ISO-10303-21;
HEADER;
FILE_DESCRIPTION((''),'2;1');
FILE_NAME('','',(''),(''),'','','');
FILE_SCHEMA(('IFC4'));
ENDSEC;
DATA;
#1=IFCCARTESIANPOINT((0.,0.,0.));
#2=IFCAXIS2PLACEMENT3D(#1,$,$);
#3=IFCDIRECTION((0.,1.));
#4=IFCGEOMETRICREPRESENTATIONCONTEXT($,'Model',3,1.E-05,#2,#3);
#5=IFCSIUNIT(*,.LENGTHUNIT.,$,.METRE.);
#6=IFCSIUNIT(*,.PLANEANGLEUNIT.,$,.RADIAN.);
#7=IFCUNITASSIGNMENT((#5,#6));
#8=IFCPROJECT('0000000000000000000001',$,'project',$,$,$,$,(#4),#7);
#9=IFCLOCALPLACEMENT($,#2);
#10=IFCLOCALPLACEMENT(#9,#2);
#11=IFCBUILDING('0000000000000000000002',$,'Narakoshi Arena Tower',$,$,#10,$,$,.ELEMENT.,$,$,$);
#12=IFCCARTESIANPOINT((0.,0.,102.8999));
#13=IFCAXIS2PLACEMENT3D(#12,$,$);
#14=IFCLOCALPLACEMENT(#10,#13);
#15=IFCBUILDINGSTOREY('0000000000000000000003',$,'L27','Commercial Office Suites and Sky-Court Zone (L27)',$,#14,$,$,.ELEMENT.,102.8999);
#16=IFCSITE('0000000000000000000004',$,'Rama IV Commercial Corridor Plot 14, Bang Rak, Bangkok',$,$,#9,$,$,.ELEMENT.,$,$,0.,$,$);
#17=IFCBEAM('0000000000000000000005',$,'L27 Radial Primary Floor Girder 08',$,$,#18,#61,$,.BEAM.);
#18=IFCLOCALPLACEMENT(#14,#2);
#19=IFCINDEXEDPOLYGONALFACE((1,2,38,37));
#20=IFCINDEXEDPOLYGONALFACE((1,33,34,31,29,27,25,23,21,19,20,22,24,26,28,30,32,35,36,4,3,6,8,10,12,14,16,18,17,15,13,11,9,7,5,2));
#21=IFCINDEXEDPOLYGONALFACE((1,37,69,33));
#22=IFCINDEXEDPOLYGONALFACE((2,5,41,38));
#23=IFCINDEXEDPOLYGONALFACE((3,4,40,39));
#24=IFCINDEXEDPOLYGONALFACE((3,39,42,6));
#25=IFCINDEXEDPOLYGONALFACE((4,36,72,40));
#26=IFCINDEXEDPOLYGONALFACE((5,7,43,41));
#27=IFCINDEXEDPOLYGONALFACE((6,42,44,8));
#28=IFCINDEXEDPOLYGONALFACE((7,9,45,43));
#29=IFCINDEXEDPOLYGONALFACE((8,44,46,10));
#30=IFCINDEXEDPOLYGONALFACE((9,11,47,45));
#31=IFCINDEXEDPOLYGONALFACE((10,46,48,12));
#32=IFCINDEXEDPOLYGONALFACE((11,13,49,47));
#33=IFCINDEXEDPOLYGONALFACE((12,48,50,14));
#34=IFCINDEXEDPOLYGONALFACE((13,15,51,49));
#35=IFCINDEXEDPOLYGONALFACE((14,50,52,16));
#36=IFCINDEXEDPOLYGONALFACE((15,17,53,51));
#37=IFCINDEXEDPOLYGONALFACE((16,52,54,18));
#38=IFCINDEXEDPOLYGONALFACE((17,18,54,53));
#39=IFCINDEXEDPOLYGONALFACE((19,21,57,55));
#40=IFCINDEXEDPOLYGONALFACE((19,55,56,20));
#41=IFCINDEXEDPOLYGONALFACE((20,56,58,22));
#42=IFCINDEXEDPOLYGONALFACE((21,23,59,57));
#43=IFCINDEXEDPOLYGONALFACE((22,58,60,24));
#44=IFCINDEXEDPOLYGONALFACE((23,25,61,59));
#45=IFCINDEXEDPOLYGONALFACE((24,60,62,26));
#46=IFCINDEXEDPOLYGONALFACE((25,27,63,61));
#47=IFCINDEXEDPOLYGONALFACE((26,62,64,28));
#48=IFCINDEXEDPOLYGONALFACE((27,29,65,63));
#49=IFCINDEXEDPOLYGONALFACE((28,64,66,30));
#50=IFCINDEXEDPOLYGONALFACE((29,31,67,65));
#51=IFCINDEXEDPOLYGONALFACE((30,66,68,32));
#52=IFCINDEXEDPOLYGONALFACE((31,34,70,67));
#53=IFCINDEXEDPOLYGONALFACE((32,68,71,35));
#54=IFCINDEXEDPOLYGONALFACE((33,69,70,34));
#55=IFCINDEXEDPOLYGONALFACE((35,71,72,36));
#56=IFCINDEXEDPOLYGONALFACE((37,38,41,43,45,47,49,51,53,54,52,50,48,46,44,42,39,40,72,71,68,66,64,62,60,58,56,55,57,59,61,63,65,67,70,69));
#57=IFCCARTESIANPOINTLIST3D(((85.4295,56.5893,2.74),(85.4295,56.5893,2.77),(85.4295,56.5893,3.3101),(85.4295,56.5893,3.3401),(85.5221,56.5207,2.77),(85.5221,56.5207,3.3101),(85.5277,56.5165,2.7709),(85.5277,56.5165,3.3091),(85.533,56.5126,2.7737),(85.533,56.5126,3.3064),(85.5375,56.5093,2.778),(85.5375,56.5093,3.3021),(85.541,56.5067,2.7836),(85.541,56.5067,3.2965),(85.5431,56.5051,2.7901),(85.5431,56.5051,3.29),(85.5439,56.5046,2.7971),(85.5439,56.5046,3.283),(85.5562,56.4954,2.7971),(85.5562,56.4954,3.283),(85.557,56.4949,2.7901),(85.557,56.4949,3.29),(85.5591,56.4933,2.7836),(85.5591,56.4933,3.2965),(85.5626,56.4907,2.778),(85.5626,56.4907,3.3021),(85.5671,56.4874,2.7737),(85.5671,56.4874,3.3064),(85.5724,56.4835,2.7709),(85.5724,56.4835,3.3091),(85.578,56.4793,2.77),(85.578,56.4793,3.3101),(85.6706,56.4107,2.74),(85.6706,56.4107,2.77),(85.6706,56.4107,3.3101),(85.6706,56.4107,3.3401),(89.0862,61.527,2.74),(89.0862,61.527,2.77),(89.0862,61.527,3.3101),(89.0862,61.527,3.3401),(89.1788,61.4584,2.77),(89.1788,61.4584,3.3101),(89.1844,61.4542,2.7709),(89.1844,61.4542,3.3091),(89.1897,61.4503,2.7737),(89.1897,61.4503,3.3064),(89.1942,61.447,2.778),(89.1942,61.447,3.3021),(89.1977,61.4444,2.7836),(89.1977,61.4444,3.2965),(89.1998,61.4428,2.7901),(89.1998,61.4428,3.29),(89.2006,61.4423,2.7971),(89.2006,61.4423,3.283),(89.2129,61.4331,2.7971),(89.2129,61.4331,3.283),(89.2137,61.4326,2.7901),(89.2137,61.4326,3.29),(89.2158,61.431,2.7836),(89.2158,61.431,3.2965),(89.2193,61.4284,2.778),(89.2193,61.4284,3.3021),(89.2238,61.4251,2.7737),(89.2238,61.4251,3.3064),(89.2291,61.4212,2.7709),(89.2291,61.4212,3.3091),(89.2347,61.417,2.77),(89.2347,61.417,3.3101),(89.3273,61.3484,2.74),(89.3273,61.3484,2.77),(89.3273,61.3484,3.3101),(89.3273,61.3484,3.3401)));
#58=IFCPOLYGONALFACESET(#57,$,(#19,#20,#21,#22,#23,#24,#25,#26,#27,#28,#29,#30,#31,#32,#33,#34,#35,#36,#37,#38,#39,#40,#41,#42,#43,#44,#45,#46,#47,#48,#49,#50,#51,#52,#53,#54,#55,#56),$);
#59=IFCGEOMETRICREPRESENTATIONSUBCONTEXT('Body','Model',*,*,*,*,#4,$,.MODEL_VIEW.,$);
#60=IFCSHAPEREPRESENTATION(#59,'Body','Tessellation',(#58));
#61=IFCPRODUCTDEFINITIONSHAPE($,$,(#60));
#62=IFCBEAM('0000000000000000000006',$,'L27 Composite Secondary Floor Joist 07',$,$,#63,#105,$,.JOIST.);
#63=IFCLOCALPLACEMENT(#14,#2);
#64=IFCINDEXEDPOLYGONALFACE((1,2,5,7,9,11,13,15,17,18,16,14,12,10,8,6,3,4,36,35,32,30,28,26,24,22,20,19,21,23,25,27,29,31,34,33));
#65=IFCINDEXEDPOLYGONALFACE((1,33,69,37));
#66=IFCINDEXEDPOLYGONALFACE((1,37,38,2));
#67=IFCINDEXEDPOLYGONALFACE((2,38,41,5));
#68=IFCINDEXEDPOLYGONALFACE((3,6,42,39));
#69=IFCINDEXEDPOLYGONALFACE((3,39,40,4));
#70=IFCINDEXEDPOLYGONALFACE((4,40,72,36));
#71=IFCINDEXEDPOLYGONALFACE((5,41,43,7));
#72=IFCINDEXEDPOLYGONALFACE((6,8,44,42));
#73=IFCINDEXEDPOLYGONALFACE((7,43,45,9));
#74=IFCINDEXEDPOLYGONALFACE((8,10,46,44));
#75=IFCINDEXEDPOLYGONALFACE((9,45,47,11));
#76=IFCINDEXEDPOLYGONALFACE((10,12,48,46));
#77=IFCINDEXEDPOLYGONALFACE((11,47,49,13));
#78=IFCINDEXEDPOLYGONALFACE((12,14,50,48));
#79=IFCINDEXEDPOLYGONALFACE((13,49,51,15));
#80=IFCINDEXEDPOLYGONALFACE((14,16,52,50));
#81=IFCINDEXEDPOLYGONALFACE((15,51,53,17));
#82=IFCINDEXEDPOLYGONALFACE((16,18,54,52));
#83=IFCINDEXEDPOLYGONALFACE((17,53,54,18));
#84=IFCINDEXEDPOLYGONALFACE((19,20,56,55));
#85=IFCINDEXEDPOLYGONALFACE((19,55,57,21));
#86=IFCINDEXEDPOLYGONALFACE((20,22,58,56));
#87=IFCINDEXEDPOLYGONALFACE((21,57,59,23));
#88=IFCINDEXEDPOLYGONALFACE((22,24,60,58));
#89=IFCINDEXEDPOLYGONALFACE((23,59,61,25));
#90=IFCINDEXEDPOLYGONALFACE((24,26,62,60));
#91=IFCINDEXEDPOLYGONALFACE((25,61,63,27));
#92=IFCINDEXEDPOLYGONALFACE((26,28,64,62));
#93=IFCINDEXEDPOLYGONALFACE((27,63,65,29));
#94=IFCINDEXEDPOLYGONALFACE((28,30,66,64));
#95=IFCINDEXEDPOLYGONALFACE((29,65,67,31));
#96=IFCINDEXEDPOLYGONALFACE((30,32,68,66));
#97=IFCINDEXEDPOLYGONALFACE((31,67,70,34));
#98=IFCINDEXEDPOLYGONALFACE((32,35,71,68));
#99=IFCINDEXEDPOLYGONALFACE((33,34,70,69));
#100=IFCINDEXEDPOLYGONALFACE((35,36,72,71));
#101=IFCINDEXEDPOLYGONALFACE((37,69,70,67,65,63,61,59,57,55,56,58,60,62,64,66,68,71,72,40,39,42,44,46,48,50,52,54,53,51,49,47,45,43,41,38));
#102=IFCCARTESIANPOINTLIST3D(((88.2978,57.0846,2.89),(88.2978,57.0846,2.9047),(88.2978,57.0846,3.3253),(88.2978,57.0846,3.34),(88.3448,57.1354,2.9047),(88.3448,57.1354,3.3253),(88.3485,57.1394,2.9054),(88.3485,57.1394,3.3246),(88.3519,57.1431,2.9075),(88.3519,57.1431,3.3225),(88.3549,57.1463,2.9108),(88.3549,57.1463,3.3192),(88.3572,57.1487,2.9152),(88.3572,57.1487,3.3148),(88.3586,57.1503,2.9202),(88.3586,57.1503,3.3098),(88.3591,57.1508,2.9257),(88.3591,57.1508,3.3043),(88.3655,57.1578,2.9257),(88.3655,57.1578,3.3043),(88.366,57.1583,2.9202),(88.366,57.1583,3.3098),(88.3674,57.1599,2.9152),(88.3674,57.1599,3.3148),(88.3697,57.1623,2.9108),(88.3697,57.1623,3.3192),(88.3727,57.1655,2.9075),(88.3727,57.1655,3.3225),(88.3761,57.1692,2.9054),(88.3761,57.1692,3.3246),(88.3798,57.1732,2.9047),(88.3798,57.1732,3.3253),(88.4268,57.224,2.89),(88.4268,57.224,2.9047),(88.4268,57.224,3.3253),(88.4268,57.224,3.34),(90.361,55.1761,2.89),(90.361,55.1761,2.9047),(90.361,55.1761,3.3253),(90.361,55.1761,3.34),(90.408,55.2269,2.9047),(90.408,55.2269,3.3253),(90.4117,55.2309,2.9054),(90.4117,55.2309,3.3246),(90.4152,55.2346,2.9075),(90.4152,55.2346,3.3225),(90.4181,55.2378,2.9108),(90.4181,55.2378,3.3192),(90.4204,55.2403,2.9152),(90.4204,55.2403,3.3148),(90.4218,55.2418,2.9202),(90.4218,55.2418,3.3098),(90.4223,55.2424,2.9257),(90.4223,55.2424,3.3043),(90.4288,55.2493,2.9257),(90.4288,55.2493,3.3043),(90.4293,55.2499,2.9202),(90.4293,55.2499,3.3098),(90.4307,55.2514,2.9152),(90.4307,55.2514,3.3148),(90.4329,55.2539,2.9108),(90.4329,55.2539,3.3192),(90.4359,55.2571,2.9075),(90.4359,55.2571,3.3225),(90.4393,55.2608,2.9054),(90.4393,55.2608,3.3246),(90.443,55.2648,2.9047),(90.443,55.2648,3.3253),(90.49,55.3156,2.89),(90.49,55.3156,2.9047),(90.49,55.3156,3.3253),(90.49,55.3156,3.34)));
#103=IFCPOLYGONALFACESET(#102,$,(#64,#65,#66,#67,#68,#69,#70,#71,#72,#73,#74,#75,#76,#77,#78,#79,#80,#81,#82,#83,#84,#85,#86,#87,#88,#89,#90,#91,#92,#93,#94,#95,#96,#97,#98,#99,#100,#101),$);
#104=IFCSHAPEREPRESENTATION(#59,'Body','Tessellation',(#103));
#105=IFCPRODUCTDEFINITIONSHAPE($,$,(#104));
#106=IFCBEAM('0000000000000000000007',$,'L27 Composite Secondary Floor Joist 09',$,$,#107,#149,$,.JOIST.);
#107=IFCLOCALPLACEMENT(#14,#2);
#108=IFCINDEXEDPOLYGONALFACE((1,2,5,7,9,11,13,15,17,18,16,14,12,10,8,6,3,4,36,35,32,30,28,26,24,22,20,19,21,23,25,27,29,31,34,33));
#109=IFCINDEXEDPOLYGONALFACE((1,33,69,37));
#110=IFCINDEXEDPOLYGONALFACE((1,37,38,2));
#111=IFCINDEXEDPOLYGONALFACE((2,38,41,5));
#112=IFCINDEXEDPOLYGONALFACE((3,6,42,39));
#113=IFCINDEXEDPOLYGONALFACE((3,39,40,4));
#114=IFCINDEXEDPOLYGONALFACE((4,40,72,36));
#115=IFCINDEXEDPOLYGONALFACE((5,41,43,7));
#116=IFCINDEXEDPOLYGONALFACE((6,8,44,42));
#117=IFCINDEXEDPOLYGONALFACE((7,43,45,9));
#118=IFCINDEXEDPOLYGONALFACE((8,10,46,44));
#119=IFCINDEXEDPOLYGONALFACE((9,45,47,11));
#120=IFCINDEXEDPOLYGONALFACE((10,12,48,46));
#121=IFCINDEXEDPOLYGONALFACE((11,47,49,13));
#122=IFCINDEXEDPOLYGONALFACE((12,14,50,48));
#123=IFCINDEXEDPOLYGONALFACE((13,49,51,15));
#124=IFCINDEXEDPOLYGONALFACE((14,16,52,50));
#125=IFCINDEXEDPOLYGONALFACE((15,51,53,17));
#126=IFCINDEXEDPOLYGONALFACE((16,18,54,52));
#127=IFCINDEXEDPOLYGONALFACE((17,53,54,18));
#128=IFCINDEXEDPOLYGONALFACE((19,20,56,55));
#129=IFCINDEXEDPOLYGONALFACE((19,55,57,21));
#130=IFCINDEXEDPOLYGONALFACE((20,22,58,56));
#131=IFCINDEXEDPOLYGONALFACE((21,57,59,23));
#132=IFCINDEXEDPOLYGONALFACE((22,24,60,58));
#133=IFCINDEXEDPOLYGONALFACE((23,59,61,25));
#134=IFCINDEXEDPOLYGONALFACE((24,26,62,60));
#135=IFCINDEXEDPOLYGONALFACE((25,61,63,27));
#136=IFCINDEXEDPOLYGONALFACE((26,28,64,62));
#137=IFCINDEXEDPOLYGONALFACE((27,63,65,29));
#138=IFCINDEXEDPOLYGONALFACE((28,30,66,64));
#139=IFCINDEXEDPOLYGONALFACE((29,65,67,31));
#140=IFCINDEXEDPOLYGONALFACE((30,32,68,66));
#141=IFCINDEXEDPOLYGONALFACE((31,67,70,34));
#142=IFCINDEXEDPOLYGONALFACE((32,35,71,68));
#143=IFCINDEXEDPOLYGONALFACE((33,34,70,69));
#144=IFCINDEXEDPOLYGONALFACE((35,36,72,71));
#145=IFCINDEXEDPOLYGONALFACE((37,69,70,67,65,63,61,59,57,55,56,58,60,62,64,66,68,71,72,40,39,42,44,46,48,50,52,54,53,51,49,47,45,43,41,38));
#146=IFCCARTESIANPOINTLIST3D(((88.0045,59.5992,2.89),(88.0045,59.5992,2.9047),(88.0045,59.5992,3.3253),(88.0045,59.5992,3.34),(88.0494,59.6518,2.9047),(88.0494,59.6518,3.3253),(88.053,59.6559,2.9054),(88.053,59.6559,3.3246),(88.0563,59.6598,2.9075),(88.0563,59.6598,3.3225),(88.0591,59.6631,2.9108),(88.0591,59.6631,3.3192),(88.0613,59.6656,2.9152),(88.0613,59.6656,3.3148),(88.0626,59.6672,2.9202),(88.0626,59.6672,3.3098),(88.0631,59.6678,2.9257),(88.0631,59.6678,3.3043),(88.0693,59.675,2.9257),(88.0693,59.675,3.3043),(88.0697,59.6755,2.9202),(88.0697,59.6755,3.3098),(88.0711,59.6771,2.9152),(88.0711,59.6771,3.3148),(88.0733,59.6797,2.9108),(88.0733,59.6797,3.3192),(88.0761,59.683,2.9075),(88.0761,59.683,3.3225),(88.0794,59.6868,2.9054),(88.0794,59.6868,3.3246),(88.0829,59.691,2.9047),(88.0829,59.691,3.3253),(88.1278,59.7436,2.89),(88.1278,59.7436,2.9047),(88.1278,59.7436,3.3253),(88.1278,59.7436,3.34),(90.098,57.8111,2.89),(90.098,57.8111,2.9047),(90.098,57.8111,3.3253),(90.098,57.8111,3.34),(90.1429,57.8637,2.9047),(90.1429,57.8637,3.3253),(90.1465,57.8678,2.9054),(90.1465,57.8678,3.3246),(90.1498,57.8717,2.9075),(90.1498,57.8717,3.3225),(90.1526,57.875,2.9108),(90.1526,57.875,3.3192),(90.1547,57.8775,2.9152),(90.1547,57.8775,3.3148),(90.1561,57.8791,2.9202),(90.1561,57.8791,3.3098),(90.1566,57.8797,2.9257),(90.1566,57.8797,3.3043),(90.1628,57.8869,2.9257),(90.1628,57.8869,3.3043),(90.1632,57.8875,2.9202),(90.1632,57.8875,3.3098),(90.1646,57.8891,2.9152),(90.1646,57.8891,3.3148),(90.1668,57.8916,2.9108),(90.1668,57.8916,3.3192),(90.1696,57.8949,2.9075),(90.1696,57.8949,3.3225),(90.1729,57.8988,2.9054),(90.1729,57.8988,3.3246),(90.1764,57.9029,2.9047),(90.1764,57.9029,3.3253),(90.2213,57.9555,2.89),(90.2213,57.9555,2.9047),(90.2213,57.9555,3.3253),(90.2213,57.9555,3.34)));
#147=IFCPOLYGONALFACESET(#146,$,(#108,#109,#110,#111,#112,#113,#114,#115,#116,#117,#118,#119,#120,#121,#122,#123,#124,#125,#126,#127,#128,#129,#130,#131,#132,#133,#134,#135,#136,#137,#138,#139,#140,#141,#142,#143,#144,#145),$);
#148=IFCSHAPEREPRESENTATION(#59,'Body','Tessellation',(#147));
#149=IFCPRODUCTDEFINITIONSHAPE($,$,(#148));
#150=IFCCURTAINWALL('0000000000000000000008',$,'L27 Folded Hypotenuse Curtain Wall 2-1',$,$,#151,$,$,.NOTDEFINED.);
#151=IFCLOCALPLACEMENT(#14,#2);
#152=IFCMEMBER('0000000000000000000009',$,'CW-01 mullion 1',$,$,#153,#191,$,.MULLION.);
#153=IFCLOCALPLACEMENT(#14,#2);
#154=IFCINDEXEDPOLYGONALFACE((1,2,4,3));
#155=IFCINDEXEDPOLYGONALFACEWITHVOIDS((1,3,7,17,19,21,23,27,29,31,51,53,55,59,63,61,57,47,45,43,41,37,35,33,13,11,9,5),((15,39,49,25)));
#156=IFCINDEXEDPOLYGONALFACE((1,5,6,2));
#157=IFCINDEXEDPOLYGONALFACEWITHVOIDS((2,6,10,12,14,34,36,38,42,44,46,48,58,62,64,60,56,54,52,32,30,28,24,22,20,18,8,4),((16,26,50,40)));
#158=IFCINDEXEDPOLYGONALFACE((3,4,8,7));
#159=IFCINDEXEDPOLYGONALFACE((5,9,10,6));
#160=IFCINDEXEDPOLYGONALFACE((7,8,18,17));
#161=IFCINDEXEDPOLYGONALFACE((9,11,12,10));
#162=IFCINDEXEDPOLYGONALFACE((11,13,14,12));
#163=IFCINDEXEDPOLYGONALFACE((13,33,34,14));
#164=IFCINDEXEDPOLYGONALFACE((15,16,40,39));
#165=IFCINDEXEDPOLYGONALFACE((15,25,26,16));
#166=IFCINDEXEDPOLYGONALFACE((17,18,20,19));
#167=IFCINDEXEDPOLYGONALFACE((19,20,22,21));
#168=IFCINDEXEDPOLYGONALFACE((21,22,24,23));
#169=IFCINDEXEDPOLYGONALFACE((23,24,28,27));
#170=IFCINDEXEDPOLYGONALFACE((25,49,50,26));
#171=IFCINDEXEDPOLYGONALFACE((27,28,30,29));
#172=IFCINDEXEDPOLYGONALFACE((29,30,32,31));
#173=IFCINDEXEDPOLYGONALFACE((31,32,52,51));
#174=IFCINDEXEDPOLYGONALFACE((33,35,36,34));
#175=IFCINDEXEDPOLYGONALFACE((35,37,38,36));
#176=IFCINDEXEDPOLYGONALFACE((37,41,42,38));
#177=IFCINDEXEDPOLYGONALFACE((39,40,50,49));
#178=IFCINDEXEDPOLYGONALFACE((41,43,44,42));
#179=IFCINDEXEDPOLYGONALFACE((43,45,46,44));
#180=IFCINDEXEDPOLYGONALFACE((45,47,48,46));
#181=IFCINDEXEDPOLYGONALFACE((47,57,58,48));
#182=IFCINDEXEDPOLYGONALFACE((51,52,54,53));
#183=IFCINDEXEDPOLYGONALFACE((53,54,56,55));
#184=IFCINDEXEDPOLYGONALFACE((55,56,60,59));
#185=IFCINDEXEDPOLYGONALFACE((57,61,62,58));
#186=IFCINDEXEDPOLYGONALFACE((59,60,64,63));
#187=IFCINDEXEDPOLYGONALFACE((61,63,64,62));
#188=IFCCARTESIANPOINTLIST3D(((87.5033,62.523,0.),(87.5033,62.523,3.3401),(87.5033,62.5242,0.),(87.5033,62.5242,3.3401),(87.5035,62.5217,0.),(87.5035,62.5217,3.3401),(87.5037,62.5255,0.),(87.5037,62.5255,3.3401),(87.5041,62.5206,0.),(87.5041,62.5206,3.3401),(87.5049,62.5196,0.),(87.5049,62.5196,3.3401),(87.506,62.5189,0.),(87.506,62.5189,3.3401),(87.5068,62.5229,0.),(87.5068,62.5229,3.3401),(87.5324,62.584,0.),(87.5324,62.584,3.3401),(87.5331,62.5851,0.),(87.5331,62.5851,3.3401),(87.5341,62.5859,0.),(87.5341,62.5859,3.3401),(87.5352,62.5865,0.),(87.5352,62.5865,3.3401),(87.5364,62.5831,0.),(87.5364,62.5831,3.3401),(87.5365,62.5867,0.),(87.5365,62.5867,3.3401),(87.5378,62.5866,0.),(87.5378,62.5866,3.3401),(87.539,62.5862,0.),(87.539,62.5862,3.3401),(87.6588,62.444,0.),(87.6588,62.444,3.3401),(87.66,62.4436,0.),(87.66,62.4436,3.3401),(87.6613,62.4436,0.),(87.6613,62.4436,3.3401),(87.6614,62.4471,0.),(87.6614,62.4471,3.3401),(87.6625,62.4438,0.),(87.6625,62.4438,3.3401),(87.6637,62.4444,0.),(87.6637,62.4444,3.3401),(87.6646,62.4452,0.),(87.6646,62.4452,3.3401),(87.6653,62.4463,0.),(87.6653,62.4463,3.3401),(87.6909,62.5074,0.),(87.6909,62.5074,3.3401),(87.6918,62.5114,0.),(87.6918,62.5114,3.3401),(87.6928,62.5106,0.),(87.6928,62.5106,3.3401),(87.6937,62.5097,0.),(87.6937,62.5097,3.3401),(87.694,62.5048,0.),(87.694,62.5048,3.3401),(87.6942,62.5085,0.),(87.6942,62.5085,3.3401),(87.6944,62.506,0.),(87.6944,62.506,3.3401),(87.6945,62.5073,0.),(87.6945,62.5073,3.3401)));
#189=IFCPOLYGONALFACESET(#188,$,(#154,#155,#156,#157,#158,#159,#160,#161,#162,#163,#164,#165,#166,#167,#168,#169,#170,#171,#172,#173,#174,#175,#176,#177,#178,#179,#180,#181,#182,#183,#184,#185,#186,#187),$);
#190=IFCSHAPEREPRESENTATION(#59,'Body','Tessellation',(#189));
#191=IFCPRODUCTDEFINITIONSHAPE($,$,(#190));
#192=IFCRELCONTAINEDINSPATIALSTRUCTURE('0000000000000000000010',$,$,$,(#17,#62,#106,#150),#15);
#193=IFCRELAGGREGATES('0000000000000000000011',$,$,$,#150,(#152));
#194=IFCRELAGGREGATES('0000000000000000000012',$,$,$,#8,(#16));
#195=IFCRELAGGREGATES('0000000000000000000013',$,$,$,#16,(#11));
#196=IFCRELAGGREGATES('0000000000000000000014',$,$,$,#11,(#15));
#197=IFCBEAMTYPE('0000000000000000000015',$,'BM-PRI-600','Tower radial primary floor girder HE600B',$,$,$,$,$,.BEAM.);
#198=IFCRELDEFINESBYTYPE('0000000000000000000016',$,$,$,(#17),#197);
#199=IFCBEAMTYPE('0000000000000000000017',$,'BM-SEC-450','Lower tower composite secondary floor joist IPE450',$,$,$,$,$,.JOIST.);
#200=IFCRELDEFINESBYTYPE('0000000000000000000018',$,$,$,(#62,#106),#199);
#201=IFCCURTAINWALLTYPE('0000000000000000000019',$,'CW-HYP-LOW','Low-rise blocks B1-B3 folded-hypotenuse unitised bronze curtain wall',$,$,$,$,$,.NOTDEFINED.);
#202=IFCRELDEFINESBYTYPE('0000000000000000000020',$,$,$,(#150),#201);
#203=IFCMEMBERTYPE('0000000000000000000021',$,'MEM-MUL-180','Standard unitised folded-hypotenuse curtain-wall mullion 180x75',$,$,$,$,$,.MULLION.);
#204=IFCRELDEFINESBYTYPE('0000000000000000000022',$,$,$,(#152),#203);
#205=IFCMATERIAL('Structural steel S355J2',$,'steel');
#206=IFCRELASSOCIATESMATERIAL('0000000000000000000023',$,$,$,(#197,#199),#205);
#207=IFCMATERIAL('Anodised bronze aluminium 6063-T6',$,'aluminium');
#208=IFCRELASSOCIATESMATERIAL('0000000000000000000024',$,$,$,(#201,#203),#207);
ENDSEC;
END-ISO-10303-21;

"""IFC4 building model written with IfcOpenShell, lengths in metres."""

from ifc_helpers import new_model, si_unit, direction, frame, origin, origin_2d, place, context, subcontext, project, spatial, hollow_rectangle, i_section, extrude, material, material_profile, profile_set, type_object, element, aggregate, save


model = new_model("IFC4")

# Units and contexts
model_context = context("Model", 3, precision=1e-05, world=origin(), true_north=direction((0.0, 1.0)))
body_context = subcontext(model_context, "Body", "Model", "MODEL_VIEW")
ifc_project = project(units=[si_unit("LENGTHUNIT", "METRE"), si_unit("PLANEANGLEUNIT", "RADIAN")], contexts=[model_context])

# Site, building, storey
site_placement = place(None, origin())
site = spatial("IfcSite", under=ifc_project, at=site_placement, Name="Rama IV Commercial Corridor Plot 14, Bang Rak, Bangkok", CompositionType="ELEMENT", RefElevation=0.0)
building_placement = place(site_placement, origin())
building = spatial("IfcBuilding", under=site, at=building_placement, Name="Narakoshi Arena Tower", CompositionType="ELEMENT")
storey_placement = place(building_placement, frame((0.0, 0.0, 102.8999)))
storey = spatial("IfcBuildingStorey", under=building, at=storey_placement, Name="L27", Description="Commercial Office Suites and Sky-Court Zone (L27)", CompositionType="ELEMENT", Elevation=102.8999)

# Beams
ifc_material_1 = material(Name="Structural steel S355J2", Category="steel")
ifc_material_profile_1 = material_profile(ifc_material_1, i_section(OverallWidth=0.3, OverallDepth=0.6001, WebThickness=0.0154, FlangeThickness=0.03, FilletRadius=0.0271, at=origin_2d()), Name="HE600B")
ifc_profile_set_1 = profile_set([ifc_material_profile_1], Name="Structural steel S355J2")
beam_type_1 = type_object("IfcBeamType", Name="BM-PRI-600", Description="Tower radial primary floor girder HE600B", PredefinedType="BEAM", material=ifc_profile_set_1)
beam_1_placement = place(storey_placement, frame((85.55, 56.5, 3.04), z_axis=(0.595138, 0.803623, 0.0), x_axis=(-0.803623, 0.595138, 0.0)))
element("IfcBeam", 1, at=beam_1_placement, inside=storey, type_object=beam_type_1, Name="L27 Radial Primary Floor Girder 08", PredefinedType="BEAM", context=body_context, shape_type="SweptSolid", body=[
    extrude(i_section(OverallWidth=0.3, OverallDepth=0.6001, WebThickness=0.0154, FlangeThickness=0.03, FilletRadius=0.0271, at=origin_2d()), origin(), (0.0, 0.0, 1.0), 6.1443),
])
ifc_material_profile_2 = material_profile(ifc_material_1, i_section(OverallWidth=0.1899, OverallDepth=0.45, WebThickness=0.0095, FlangeThickness=0.0146, FilletRadius=0.021, at=origin_2d()), Name="IPE450")
ifc_profile_set_2 = profile_set([ifc_material_profile_2], Name="Structural steel S355J2")
beam_type_2 = type_object("IfcBeamType", Name="BM-SEC-450", Description="Lower tower composite secondary floor joist IPE450", PredefinedType="JOIST", material=ifc_profile_set_2)
beam_2_placement = place(storey_placement, frame((90.4255, 55.2458, 3.115), z_axis=(-0.734107, 0.679034, 0.0), x_axis=(-0.679034, -0.734107, 0.0)))
element("IfcBeam", 2, at=beam_2_placement, inside=storey, type_object=beam_type_2, Name="L27 Composite Secondary Floor Joist 07", PredefinedType="JOIST", context=body_context, shape_type="SweptSolid", body=[
    extrude(i_section(OverallWidth=0.1899, OverallDepth=0.45, WebThickness=0.0095, FlangeThickness=0.0146, FilletRadius=0.021, at=origin_2d()), origin(), (0.0, 0.0, 1.0), 2.8105),
])
beam_3_placement = place(storey_placement, frame((90.1597, 57.8833, 3.115), z_axis=(-0.760395, 0.649461, 0.0), x_axis=(-0.649461, -0.760395, 0.0)))
element("IfcBeam", 3, at=beam_3_placement, inside=storey, type_object=beam_type_2, Name="L27 Composite Secondary Floor Joist 09", PredefinedType="JOIST", context=body_context, shape_type="SweptSolid", body=[
    extrude(i_section(OverallWidth=0.1899, OverallDepth=0.45, WebThickness=0.0095, FlangeThickness=0.0146, FilletRadius=0.021, at=origin_2d()), origin(), (0.0, 0.0, 1.0), 2.7532),
])

# Curtain wall, member
ifc_material_2 = material(Name="Anodised bronze aluminium 6063-T6", Category="aluminium")
curtain_wall_type = type_object("IfcCurtainWallType", Name="CW-HYP-LOW", Description="Low-rise blocks B1-B3 folded-hypotenuse unitised bronze curtain wall", PredefinedType="NOTDEFINED", material=ifc_material_2)
curtain_wall_placement = place(storey_placement, origin())
curtain_wall = element("IfcCurtainWall", 4, at=curtain_wall_placement, inside=storey, type_object=curtain_wall_type, Name="L27 Folded Hypotenuse Curtain Wall 2-1", PredefinedType="NOTDEFINED")
ifc_material_profile_3 = material_profile(ifc_material_2, hollow_rectangle(XDim=0.075, YDim=0.1799, WallThickness=0.0039, OuterFilletRadius=0.0049, at=origin_2d()), Name="MUL180x75x4")
ifc_profile_set_3 = profile_set([ifc_material_profile_3], Name="Anodised bronze aluminium 6063-T6")
member_type_1 = type_object("IfcMemberType", Name="MEM-MUL-180", Description="Standard unitised folded-hypotenuse curtain-wall mullion 180x75", PredefinedType="MULLION", material=ifc_profile_set_3)
member_1_placement = place(storey_placement, frame((87.5989, 62.5151, 0.0), z_axis=(0.0, 0.0, 1.0), x_axis=(-0.440005, -0.897996, 0.0)))
member_1 = element("IfcMember", 5, at=member_1_placement, type_object=member_type_1, Name="CW-01 mullion 1", PredefinedType="MULLION", context=body_context, shape_type="SweptSolid", body=[
    extrude(hollow_rectangle(XDim=0.075, YDim=0.1799, WallThickness=0.0039, OuterFilletRadius=0.0049, at=origin_2d()), origin(), (0.0, 0.0, 1.0), 3.3401),
])
aggregate(curtain_wall, [member_1])

save(model, "model.ifc")
